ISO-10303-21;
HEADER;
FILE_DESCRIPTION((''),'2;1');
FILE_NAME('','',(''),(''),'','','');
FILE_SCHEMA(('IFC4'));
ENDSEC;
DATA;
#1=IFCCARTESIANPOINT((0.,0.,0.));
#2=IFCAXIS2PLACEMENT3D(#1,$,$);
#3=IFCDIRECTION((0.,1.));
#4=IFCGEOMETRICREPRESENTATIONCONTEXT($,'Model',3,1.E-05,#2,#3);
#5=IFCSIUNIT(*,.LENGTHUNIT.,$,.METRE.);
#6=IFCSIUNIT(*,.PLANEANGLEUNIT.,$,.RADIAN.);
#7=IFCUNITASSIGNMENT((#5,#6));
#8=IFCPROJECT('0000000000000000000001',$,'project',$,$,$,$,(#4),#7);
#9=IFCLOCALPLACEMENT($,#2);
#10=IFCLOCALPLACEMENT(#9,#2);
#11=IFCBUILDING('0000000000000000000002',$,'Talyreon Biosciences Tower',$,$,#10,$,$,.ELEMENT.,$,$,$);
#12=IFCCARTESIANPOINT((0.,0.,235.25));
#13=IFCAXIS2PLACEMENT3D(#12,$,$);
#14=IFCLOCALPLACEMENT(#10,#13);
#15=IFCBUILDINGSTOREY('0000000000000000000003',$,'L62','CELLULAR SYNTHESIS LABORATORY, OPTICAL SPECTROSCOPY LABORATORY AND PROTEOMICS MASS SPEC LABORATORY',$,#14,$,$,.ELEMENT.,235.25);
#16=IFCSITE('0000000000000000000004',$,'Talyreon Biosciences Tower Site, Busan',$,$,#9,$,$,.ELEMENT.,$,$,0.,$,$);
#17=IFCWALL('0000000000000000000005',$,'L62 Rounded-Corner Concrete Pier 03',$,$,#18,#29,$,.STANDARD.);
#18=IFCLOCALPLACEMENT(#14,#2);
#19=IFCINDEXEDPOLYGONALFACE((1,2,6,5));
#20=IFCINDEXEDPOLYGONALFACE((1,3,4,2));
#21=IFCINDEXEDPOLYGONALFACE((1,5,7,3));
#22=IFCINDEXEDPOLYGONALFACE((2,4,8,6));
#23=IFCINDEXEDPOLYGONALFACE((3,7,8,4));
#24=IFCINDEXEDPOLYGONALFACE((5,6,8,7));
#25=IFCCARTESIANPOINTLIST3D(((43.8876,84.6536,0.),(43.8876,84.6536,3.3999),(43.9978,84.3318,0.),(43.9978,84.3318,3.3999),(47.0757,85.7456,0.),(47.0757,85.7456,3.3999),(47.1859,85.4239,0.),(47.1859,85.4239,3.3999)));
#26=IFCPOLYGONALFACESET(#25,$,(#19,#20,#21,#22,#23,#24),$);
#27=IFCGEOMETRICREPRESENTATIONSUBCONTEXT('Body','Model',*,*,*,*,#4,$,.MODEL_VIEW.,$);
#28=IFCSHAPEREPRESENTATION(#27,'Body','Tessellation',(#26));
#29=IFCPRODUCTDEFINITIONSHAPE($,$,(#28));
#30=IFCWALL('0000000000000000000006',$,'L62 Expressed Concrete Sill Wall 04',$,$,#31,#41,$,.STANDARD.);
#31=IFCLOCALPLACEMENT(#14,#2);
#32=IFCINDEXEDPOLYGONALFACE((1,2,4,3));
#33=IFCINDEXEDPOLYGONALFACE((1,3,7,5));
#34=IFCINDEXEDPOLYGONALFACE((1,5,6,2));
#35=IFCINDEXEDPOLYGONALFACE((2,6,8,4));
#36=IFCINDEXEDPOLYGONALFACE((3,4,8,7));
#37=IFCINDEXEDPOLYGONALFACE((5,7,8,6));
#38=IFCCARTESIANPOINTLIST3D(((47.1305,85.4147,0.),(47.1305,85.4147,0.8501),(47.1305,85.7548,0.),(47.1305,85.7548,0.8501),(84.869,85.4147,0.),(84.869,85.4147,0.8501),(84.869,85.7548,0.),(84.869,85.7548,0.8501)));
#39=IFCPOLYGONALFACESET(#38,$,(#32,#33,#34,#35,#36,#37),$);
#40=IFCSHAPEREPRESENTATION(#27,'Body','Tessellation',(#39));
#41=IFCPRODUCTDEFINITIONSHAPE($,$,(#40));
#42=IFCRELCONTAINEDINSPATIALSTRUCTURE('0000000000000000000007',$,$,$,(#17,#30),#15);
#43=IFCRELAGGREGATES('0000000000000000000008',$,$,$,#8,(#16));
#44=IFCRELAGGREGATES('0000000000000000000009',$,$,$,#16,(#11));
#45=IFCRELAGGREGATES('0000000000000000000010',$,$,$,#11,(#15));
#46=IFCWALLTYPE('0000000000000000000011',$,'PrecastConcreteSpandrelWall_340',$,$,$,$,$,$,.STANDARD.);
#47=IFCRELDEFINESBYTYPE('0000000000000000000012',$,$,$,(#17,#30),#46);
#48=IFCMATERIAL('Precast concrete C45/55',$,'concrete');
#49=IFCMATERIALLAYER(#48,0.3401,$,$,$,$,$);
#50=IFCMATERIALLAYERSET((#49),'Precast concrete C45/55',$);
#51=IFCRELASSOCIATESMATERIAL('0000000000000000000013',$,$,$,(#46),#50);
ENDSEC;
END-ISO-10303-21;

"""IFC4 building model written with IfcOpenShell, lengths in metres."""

from ifc_helpers import new_model, si_unit, direction, frame, frame_2d, origin, place, context, subcontext, project, spatial, rectangle, extrude, material, layer, layer_set, type_object, element, save


model = new_model("IFC4")

# Units and contexts
model_context = context("Model", 3, precision=1e-05, world=origin(), true_north=direction((0.0, 1.0)))
body_context = subcontext(model_context, "Body", "Model", "MODEL_VIEW")
ifc_project = project(units=[si_unit("LENGTHUNIT", "METRE"), si_unit("PLANEANGLEUNIT", "RADIAN")], contexts=[model_context])

# Site, building, storey
site_placement = place(None, origin())
site = spatial("IfcSite", under=ifc_project, at=site_placement, Name="Talyreon Biosciences Tower Site, Busan", CompositionType="ELEMENT", RefElevation=0.0)
building_placement = place(site_placement, origin())
building = spatial("IfcBuilding", under=site, at=building_placement, Name="Talyreon Biosciences Tower", CompositionType="ELEMENT")
storey_placement = place(building_placement, frame((0.0, 0.0, 235.25)))
storey = spatial("IfcBuildingStorey", under=building, at=storey_placement, Name="L62", Description="CELLULAR SYNTHESIS LABORATORY, OPTICAL SPECTROSCOPY LABORATORY AND PROTEOMICS MASS SPEC LABORATORY", CompositionType="ELEMENT", Elevation=235.25)

# Shared definitions
ifc_material_1 = material(Name="Precast concrete C45/55", Category="concrete")

# Walls
ifc_layer_1 = layer(ifc_material_1, 0.3401)
ifc_layer_set_1 = layer_set([ifc_layer_1], Name="Precast concrete C45/55")
wall_type_1 = type_object("IfcWallType", Name="PrecastConcreteSpandrelWall_340", PredefinedType="STANDARD", material=ifc_layer_set_1)
wall_1_placement = place(storey_placement, frame((43.9426, 84.4927, 0.0), z_axis=(0.0, 0.0, 1.0), x_axis=(0.946035, 0.324063, 0.0)))
element("IfcWall", 1, at=wall_1_placement, inside=storey, type_object=wall_type_1, Name="L62 Rounded-Corner Concrete Pier 03", PredefinedType="STANDARD", context=body_context, shape_type="SweptSolid", body=[
    extrude(rectangle(XDim=3.3699, YDim=0.3401, at=frame_2d((1.6851, 0.0))), origin(), (0.0, 0.0, 1.0), 3.3999),
])
wall_2_placement = place(storey_placement, frame((47.1306, 85.5847, 0.0), z_axis=(0.0, 0.0, 1.0), x_axis=(1.0, 0.0, 0.0)))
element("IfcWall", 2, at=wall_2_placement, inside=storey, type_object=wall_type_1, Name="L62 Expressed Concrete Sill Wall 04", PredefinedType="STANDARD", context=body_context, shape_type="SweptSolid", body=[
    extrude(rectangle(XDim=37.7385, YDim=0.3401, at=frame_2d((18.8691, 0.0))), origin(), (0.0, 0.0, 1.0), 0.8501),
])

save(model, "model.ifc")
